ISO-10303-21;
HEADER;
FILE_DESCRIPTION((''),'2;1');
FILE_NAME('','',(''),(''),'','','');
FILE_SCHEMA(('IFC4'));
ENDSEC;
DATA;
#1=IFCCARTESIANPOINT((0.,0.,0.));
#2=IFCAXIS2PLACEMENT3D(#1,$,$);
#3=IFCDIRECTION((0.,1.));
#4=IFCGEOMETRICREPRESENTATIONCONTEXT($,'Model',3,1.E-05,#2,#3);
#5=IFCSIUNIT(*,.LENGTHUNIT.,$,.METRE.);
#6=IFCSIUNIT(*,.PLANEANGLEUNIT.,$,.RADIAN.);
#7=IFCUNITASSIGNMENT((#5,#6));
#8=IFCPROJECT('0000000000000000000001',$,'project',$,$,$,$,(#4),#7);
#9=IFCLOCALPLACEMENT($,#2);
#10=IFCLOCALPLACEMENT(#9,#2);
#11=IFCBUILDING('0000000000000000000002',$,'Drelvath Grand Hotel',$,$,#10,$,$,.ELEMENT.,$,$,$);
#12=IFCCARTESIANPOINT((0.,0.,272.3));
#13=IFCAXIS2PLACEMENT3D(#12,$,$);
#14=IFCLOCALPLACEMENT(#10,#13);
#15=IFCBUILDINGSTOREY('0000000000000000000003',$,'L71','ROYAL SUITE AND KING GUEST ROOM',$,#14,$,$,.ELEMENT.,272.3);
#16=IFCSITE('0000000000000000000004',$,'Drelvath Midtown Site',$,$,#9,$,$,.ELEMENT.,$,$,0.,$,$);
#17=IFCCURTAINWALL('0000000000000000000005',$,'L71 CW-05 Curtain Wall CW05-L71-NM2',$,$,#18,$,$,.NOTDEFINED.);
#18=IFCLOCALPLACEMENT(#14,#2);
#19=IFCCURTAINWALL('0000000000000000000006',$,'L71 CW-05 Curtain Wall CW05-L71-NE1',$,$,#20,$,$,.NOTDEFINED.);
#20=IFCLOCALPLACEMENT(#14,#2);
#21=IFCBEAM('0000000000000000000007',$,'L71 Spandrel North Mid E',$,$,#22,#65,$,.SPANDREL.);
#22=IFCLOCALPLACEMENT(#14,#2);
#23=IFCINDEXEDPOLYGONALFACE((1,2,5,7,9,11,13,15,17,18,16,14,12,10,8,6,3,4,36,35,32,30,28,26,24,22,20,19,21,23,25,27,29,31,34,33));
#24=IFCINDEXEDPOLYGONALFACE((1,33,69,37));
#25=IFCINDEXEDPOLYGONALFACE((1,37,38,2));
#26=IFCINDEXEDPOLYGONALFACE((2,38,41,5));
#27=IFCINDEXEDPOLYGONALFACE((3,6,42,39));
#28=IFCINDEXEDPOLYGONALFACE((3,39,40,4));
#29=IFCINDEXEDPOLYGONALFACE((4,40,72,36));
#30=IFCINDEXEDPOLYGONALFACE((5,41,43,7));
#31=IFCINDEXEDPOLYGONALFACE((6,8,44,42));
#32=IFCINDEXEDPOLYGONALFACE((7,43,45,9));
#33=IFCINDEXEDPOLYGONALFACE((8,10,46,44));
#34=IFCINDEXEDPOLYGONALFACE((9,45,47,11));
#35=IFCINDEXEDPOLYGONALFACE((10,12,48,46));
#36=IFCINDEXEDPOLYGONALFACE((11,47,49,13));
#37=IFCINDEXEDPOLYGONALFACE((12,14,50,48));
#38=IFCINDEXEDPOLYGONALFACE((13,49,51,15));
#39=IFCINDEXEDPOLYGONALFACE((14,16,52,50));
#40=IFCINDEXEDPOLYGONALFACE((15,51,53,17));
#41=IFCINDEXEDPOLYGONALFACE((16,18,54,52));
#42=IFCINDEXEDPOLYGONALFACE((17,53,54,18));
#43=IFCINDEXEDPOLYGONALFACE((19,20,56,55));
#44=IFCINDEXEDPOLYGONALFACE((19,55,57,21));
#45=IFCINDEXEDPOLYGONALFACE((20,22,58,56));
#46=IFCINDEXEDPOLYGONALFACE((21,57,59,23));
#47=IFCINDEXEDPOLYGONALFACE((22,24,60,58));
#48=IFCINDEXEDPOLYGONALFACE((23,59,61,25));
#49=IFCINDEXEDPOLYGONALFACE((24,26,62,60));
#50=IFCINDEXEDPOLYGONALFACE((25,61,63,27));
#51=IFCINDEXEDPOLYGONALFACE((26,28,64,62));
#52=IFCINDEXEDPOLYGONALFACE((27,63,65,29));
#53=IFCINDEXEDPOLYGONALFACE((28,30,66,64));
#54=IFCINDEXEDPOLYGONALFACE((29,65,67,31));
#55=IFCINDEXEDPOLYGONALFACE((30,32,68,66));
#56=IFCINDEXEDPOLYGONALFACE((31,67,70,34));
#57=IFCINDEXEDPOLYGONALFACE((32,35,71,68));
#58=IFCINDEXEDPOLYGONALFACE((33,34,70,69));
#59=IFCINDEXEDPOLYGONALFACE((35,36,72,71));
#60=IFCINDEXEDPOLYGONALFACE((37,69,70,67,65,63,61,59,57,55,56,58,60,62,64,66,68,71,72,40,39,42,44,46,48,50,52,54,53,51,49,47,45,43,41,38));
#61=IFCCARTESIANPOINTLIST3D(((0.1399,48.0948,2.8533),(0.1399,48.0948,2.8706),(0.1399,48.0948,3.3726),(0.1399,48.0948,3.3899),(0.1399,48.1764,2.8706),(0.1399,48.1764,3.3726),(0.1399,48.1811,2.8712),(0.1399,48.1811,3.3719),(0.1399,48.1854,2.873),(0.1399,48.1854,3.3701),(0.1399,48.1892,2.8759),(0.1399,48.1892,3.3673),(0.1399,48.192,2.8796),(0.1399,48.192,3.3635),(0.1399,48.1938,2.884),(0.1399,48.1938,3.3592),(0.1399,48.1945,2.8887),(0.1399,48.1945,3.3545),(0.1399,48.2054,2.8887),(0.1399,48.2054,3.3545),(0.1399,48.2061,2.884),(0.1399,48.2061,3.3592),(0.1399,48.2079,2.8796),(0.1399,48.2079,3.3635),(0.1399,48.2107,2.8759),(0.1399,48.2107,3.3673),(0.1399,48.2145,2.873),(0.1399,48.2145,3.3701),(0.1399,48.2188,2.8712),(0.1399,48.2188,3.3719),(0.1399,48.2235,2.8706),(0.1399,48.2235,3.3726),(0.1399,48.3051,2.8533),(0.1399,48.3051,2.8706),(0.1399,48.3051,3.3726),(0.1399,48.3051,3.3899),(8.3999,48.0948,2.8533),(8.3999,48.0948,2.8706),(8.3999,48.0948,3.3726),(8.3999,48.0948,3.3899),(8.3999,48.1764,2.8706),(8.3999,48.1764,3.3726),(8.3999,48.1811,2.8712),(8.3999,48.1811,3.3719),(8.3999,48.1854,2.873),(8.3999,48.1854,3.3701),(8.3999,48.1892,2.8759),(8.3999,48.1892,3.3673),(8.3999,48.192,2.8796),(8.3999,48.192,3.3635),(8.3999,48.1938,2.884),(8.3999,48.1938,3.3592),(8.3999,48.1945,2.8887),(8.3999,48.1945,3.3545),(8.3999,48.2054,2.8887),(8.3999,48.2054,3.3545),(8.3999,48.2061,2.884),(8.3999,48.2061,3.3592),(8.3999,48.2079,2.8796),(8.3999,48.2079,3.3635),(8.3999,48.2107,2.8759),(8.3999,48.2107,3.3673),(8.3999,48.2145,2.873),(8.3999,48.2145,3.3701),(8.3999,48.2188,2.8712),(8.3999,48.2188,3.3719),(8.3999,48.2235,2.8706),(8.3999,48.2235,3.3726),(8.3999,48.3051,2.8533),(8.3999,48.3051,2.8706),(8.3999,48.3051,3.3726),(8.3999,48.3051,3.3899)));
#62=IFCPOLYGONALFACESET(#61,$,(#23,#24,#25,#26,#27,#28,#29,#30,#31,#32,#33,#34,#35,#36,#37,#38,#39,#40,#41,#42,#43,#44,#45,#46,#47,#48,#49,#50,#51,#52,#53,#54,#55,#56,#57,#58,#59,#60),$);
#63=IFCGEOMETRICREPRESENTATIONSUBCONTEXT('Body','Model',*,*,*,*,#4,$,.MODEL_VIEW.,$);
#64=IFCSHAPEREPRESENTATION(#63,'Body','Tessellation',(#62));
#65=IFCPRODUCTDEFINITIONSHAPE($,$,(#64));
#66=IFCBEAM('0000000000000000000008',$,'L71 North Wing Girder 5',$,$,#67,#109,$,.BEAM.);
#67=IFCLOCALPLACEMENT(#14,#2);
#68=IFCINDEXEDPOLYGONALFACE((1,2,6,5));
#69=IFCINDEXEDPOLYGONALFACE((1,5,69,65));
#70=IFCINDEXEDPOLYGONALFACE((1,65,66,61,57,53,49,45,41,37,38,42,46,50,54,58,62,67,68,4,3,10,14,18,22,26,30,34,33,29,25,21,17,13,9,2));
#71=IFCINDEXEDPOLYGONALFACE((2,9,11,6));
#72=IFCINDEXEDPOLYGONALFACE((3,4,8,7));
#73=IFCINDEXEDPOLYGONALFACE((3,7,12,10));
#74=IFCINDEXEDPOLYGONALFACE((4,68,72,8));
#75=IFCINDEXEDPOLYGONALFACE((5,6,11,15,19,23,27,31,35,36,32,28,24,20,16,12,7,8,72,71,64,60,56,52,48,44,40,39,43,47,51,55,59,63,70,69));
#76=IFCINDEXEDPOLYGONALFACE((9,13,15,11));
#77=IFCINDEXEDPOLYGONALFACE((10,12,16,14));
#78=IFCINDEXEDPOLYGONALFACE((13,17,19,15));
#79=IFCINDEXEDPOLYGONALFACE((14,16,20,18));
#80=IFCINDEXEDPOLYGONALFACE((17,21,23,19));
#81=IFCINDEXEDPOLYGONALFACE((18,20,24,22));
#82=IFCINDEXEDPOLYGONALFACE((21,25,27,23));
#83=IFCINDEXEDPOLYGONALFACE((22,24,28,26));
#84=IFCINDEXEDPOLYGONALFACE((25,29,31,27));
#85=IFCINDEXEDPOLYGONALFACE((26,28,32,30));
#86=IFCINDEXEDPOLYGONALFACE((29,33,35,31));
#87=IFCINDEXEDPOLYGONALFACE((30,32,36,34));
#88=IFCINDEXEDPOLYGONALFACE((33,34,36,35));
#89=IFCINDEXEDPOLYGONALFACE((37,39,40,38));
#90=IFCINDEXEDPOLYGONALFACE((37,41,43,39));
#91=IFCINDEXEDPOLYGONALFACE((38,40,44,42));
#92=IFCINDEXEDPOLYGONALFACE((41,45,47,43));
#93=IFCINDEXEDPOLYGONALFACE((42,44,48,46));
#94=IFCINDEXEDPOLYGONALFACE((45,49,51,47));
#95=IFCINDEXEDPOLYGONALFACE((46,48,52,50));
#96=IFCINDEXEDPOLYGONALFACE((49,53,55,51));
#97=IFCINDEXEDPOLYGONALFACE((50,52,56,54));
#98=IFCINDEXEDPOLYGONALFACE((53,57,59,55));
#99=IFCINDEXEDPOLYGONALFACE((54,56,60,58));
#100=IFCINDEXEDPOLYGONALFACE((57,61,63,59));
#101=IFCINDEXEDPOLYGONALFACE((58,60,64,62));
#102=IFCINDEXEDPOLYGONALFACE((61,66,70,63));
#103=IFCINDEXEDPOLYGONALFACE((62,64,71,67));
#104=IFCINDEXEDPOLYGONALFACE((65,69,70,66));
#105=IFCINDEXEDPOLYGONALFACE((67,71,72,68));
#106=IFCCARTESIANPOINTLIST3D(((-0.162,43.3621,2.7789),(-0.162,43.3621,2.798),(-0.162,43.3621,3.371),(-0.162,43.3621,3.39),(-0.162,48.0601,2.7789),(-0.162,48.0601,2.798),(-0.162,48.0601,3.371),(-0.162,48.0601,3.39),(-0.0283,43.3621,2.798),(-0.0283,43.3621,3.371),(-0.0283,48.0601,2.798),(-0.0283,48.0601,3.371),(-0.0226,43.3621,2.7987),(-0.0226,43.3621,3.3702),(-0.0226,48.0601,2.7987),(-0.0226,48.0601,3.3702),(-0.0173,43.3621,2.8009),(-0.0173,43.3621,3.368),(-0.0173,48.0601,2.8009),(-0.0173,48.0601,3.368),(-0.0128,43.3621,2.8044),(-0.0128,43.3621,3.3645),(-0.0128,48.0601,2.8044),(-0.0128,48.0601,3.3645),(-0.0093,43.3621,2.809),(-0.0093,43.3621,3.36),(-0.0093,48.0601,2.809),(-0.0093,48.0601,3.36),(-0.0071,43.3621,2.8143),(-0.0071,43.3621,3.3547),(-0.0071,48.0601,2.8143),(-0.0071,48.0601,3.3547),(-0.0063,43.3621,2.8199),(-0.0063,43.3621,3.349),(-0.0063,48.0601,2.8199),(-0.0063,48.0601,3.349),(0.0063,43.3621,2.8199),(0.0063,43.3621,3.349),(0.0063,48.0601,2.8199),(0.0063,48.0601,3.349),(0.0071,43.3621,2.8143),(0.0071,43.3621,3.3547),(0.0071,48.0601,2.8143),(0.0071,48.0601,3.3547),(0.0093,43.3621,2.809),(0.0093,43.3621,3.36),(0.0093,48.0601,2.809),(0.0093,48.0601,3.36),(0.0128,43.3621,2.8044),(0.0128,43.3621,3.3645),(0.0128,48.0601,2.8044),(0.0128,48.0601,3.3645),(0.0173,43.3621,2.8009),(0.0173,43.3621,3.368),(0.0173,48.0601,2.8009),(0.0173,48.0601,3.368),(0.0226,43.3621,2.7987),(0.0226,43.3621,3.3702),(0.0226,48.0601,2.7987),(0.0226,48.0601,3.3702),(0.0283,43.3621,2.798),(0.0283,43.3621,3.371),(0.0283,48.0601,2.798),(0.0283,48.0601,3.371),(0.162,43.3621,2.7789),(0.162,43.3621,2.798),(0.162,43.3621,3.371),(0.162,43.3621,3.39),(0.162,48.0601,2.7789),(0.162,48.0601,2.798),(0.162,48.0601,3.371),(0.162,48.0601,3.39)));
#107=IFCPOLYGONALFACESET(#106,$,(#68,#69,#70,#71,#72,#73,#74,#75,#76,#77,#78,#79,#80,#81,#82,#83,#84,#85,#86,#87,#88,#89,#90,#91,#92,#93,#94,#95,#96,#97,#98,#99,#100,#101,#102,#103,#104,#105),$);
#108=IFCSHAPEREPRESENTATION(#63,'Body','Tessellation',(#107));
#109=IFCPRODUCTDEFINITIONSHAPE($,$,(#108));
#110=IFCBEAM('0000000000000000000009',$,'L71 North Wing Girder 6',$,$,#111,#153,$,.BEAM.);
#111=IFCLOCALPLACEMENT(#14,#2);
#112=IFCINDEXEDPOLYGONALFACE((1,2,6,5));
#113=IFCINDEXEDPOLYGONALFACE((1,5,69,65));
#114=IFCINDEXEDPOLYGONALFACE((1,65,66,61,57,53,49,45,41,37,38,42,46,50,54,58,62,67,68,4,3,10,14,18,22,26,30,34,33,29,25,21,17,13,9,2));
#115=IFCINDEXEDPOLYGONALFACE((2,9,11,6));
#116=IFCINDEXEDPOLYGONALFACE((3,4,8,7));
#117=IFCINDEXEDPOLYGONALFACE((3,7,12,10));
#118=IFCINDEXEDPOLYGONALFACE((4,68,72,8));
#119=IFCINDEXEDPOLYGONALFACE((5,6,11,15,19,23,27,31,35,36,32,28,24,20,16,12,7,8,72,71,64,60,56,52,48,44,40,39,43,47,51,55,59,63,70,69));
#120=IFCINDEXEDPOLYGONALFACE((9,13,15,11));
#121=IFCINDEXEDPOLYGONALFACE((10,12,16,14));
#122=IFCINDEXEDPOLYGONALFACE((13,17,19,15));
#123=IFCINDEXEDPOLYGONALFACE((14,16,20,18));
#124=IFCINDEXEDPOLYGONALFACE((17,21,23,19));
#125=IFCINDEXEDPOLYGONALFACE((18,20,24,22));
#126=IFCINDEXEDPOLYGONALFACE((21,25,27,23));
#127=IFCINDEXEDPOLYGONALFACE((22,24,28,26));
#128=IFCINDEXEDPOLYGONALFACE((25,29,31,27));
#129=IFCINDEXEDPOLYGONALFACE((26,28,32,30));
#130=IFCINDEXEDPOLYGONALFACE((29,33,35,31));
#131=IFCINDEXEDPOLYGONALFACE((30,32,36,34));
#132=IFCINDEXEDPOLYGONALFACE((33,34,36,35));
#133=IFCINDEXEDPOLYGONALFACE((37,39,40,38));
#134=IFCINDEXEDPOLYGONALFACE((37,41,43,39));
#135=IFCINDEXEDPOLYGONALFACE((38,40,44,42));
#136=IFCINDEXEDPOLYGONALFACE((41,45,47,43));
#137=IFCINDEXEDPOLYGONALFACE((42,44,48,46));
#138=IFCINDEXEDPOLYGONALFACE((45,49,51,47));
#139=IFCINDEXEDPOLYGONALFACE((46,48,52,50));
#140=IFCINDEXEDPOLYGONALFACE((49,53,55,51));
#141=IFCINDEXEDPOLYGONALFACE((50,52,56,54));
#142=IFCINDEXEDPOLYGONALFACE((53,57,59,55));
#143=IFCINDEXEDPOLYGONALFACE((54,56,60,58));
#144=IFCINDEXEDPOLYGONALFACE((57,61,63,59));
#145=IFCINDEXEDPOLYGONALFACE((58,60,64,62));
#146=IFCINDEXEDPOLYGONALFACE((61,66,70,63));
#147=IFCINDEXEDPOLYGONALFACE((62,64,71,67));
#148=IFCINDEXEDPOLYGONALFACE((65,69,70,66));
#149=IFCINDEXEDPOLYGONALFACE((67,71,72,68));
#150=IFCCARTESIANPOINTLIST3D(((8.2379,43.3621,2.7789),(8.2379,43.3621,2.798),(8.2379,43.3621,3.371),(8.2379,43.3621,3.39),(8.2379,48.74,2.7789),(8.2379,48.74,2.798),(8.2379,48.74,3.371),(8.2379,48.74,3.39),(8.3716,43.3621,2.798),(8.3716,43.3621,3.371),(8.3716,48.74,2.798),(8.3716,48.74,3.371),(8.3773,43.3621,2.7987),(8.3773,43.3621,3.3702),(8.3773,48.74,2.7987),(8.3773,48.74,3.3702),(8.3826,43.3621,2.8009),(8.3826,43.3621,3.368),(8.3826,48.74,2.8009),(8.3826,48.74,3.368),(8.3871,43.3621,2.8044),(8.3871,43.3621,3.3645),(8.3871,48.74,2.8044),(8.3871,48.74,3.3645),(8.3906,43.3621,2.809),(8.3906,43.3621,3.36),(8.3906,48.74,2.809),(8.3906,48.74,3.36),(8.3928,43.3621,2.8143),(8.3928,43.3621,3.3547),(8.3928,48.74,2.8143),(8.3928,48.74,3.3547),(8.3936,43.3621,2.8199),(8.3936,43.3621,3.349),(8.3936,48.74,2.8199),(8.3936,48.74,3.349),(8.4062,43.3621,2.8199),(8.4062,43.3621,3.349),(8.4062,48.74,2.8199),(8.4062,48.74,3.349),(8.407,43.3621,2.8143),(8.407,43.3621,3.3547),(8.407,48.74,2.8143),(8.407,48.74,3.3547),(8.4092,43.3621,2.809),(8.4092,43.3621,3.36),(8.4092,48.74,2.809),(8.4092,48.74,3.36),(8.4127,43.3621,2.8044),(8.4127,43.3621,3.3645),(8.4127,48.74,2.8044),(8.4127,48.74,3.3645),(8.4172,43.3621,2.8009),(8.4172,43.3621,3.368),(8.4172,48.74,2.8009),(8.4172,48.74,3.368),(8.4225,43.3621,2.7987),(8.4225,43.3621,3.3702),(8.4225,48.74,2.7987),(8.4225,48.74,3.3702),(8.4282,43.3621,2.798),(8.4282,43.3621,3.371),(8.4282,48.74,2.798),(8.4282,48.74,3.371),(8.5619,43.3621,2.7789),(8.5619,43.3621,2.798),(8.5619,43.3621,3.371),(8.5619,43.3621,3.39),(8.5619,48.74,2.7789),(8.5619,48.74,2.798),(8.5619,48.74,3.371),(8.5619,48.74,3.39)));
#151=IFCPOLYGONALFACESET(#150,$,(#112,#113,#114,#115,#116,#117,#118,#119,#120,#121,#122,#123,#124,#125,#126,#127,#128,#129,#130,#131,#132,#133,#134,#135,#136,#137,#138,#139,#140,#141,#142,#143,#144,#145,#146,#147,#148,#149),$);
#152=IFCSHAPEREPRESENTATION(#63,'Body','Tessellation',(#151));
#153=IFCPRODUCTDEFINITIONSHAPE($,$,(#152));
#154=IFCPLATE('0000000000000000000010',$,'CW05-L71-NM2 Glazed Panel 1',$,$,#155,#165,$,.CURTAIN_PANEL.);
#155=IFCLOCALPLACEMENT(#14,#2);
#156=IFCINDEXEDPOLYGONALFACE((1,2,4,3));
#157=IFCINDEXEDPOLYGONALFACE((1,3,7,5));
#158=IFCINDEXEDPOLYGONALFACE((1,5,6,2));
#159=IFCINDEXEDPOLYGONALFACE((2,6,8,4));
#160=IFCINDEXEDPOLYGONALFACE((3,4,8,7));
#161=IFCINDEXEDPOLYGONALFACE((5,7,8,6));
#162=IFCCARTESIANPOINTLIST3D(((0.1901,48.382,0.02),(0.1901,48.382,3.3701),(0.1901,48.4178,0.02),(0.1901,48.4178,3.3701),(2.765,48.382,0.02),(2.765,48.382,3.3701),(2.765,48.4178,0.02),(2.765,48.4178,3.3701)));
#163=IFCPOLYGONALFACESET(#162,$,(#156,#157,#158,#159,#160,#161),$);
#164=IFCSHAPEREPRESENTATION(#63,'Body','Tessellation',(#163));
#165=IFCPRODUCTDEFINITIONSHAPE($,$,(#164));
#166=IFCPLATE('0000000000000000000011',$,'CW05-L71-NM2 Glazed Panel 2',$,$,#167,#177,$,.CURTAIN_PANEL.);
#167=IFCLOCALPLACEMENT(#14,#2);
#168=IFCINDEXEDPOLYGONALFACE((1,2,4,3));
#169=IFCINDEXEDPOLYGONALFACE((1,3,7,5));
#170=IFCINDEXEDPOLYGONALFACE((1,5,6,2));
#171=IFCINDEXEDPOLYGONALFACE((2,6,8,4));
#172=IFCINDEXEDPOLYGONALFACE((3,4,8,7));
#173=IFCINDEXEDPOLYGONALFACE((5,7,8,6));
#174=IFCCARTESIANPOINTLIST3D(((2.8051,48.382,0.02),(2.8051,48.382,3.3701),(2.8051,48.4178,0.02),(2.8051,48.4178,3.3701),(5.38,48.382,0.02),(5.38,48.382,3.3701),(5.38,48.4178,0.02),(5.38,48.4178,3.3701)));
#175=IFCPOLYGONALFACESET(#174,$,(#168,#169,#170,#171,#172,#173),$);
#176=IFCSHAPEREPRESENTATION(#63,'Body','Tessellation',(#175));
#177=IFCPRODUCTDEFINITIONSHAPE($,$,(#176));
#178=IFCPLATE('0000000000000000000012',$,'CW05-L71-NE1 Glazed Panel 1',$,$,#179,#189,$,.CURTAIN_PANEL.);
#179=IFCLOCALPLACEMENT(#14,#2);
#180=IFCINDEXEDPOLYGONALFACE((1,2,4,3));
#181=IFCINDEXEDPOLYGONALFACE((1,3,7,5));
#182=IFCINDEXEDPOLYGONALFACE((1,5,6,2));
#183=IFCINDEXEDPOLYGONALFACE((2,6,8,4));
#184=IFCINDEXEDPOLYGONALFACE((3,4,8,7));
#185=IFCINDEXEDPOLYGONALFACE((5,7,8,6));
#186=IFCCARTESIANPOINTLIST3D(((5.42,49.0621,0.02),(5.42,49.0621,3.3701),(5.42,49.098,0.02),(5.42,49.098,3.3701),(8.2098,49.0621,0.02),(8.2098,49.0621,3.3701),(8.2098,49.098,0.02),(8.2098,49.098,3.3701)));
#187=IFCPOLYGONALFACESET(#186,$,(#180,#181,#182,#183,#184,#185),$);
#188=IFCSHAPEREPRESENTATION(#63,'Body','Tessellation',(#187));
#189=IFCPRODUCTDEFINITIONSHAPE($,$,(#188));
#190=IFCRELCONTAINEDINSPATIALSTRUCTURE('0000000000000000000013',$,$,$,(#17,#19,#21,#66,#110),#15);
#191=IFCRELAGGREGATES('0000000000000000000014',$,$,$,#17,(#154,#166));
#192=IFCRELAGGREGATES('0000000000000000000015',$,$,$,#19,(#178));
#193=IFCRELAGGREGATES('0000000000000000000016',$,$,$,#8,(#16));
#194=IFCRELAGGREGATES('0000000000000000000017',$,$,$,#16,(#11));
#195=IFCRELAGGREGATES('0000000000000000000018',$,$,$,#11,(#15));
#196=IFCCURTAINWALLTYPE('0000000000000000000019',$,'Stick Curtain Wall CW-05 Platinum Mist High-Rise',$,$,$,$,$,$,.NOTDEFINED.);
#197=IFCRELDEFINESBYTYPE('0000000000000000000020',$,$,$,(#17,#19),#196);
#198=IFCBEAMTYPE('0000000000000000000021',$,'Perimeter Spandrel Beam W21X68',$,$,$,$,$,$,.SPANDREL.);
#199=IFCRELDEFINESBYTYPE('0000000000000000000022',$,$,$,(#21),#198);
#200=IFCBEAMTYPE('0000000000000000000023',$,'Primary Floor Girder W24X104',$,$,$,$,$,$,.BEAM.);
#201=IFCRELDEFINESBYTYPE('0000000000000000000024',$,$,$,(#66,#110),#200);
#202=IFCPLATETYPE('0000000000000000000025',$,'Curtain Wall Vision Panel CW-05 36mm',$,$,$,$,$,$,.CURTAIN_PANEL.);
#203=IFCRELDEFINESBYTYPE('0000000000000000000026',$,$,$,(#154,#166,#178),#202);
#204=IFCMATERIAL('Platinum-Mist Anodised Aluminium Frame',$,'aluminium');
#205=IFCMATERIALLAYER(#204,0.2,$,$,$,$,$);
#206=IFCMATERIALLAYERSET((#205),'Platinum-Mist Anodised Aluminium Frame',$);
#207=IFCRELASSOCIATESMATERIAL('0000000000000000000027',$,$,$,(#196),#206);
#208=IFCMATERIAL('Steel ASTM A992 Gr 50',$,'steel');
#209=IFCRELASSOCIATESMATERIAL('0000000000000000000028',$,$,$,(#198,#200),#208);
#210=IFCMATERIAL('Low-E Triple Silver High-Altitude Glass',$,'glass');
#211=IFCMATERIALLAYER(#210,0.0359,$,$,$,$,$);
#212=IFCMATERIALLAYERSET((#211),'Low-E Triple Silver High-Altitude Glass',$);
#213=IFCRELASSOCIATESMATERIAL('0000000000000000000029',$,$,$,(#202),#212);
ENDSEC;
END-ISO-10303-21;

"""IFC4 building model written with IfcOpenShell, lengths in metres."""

from ifc_helpers import new_model, si_unit, direction, frame, origin, origin_2d, place, context, subcontext, project, spatial, rectangle, i_section, extrude, material, layer, layer_set, material_profile, profile_set, type_object, element, aggregate, save


model = new_model("IFC4")

# Units and contexts
model_context = context("Model", 3, precision=1e-05, world=origin(), true_north=direction((0.0, 1.0)))
body_context = subcontext(model_context, "Body", "Model", "MODEL_VIEW")
ifc_project = project(units=[si_unit("LENGTHUNIT", "METRE"), si_unit("PLANEANGLEUNIT", "RADIAN")], contexts=[model_context])

# Site, building, storey
site_placement = place(None, origin())
site = spatial("IfcSite", under=ifc_project, at=site_placement, Name="Drelvath Midtown Site", CompositionType="ELEMENT", RefElevation=0.0)
building_placement = place(site_placement, origin())
building = spatial("IfcBuilding", under=site, at=building_placement, Name="Drelvath Grand Hotel", CompositionType="ELEMENT")
storey_placement = place(building_placement, frame((0.0, 0.0, 272.3)))
storey = spatial("IfcBuildingStorey", under=building, at=storey_placement, Name="L71", Description="ROYAL SUITE AND KING GUEST ROOM", CompositionType="ELEMENT", Elevation=272.3)

# Curtain walls
ifc_material_1 = material(Name="Platinum-Mist Anodised Aluminium Frame", Category="aluminium")
ifc_layer_1 = layer(ifc_material_1, 0.2)
ifc_layer_set_1 = layer_set([ifc_layer_1], Name="Platinum-Mist Anodised Aluminium Frame")
curtain_wall_type = type_object("IfcCurtainWallType", Name="Stick Curtain Wall CW-05 Platinum Mist High-Rise", PredefinedType="NOTDEFINED", material=ifc_layer_set_1)
curtain_wall_1_placement = place(storey_placement, origin())
curtain_wall_1 = element("IfcCurtainWall", 1, at=curtain_wall_1_placement, inside=storey, type_object=curtain_wall_type, Name="L71 CW-05 Curtain Wall CW05-L71-NM2", PredefinedType="NOTDEFINED")
curtain_wall_2_placement = place(storey_placement, origin())
curtain_wall_2 = element("IfcCurtainWall", 2, at=curtain_wall_2_placement, inside=storey, type_object=curtain_wall_type, Name="L71 CW-05 Curtain Wall CW05-L71-NE1", PredefinedType="NOTDEFINED")

# Beams
ifc_material_2 = material(Name="Steel ASTM A992 Gr 50", Category="steel")
ifc_material_profile_1 = material_profile(ifc_material_2, i_section(OverallWidth=0.2102, OverallDepth=0.5366, WebThickness=0.011, FlangeThickness=0.0173, FilletRadius=0.0181, at=origin_2d()), Name="W21X68")
ifc_profile_set_1 = profile_set([ifc_material_profile_1], Name="Steel ASTM A992 Gr 50")
beam_type_1 = type_object("IfcBeamType", Name="Perimeter Spandrel Beam W21X68", PredefinedType="SPANDREL", material=ifc_profile_set_1)
beam_1_placement = place(storey_placement, frame((0.1399, 48.2, 3.1216), z_axis=(1.0, 0.0, 0.0), x_axis=(0.0, 1.0, 0.0)))
element("IfcBeam", 3, at=beam_1_placement, inside=storey, type_object=beam_type_1, Name="L71 Spandrel North Mid E", PredefinedType="SPANDREL", context=body_context, shape_type="SweptSolid", body=[
    extrude(i_section(OverallWidth=0.2102, OverallDepth=0.5366, WebThickness=0.011, FlangeThickness=0.0173, FilletRadius=0.0181, at=origin_2d()), origin(), (0.0, 0.0, 1.0), 8.26),
])
ifc_material_profile_2 = material_profile(ifc_material_2, i_section(OverallWidth=0.324, OverallDepth=0.6111, WebThickness=0.0127, FlangeThickness=0.019, FilletRadius=0.022, at=origin_2d()), Name="W24X104")
ifc_profile_set_2 = profile_set([ifc_material_profile_2], Name="Steel ASTM A992 Gr 50")
beam_type_2 = type_object("IfcBeamType", Name="Primary Floor Girder W24X104", PredefinedType="BEAM", material=ifc_profile_set_2)
beam_2_placement = place(storey_placement, frame((0.0, 43.3621, 3.0845), z_axis=(0.0, 1.0, 0.0), x_axis=(-1.0, 0.0, 0.0)))
element("IfcBeam", 4, at=beam_2_placement, inside=storey, type_object=beam_type_2, Name="L71 North Wing Girder 5", PredefinedType="BEAM", context=body_context, shape_type="SweptSolid", body=[
    extrude(i_section(OverallWidth=0.324, OverallDepth=0.6111, WebThickness=0.0127, FlangeThickness=0.019, FilletRadius=0.022, at=origin_2d()), origin(), (0.0, 0.0, 1.0), 4.698),
])
beam_3_placement = place(storey_placement, frame((8.3999, 43.3621, 3.0845), z_axis=(0.0, 1.0, 0.0), x_axis=(-1.0, 0.0, 0.0)))
element("IfcBeam", 5, at=beam_3_placement, inside=storey, type_object=beam_type_2, Name="L71 North Wing Girder 6", PredefinedType="BEAM", context=body_context, shape_type="SweptSolid", body=[
    extrude(i_section(OverallWidth=0.324, OverallDepth=0.6111, WebThickness=0.0127, FlangeThickness=0.019, FilletRadius=0.022, at=origin_2d()), origin(), (0.0, 0.0, 1.0), 5.3779),
])

# Plates
ifc_material_3 = material(Name="Low-E Triple Silver High-Altitude Glass", Category="glass")
ifc_layer_2 = layer(ifc_material_3, 0.0359)
ifc_layer_set_2 = layer_set([ifc_layer_2], Name="Low-E Triple Silver High-Altitude Glass")
plate_type = type_object("IfcPlateType", Name="Curtain Wall Vision Panel CW-05 36mm", PredefinedType="CURTAIN_PANEL", material=ifc_layer_set_2)
plate_1_placement = place(storey_placement, frame((1.4775, 48.3999, 0.02), z_axis=(0.0, 0.0, 1.0), x_axis=(1.0, 0.0, 0.0)))
plate_1 = element("IfcPlate", 6, at=plate_1_placement, type_object=plate_type, Name="CW05-L71-NM2 Glazed Panel 1", PredefinedType="CURTAIN_PANEL", context=body_context, shape_type="SweptSolid", body=[
    extrude(rectangle(XDim=2.575, YDim=0.0359, at=origin_2d()), origin(), (0.0, 0.0, 1.0), 3.3501),
])
plate_2_placement = place(storey_placement, frame((4.0925, 48.3999, 0.02), z_axis=(0.0, 0.0, 1.0), x_axis=(1.0, 0.0, 0.0)))
plate_2 = element("IfcPlate", 7, at=plate_2_placement, type_object=plate_type, Name="CW05-L71-NM2 Glazed Panel 2", PredefinedType="CURTAIN_PANEL", context=body_context, shape_type="SweptSolid", body=[
    extrude(rectangle(XDim=2.575, YDim=0.0359, at=origin_2d()), origin(), (0.0, 0.0, 1.0), 3.3501),
])
aggregate(curtain_wall_1, [plate_1, plate_2])
plate_3_placement = place(storey_placement, frame((6.8149, 49.0801, 0.02), z_axis=(0.0, 0.0, 1.0), x_axis=(1.0, 0.0, 0.0)))
plate_3 = element("IfcPlate", 8, at=plate_3_placement, type_object=plate_type, Name="CW05-L71-NE1 Glazed Panel 1", PredefinedType="CURTAIN_PANEL", context=body_context, shape_type="SweptSolid", body=[
    extrude(rectangle(XDim=2.7898, YDim=0.0359, at=origin_2d()), origin(), (0.0, 0.0, 1.0), 3.3501),
])
aggregate(curtain_wall_2, [plate_3])

save(model, "model.ifc")
